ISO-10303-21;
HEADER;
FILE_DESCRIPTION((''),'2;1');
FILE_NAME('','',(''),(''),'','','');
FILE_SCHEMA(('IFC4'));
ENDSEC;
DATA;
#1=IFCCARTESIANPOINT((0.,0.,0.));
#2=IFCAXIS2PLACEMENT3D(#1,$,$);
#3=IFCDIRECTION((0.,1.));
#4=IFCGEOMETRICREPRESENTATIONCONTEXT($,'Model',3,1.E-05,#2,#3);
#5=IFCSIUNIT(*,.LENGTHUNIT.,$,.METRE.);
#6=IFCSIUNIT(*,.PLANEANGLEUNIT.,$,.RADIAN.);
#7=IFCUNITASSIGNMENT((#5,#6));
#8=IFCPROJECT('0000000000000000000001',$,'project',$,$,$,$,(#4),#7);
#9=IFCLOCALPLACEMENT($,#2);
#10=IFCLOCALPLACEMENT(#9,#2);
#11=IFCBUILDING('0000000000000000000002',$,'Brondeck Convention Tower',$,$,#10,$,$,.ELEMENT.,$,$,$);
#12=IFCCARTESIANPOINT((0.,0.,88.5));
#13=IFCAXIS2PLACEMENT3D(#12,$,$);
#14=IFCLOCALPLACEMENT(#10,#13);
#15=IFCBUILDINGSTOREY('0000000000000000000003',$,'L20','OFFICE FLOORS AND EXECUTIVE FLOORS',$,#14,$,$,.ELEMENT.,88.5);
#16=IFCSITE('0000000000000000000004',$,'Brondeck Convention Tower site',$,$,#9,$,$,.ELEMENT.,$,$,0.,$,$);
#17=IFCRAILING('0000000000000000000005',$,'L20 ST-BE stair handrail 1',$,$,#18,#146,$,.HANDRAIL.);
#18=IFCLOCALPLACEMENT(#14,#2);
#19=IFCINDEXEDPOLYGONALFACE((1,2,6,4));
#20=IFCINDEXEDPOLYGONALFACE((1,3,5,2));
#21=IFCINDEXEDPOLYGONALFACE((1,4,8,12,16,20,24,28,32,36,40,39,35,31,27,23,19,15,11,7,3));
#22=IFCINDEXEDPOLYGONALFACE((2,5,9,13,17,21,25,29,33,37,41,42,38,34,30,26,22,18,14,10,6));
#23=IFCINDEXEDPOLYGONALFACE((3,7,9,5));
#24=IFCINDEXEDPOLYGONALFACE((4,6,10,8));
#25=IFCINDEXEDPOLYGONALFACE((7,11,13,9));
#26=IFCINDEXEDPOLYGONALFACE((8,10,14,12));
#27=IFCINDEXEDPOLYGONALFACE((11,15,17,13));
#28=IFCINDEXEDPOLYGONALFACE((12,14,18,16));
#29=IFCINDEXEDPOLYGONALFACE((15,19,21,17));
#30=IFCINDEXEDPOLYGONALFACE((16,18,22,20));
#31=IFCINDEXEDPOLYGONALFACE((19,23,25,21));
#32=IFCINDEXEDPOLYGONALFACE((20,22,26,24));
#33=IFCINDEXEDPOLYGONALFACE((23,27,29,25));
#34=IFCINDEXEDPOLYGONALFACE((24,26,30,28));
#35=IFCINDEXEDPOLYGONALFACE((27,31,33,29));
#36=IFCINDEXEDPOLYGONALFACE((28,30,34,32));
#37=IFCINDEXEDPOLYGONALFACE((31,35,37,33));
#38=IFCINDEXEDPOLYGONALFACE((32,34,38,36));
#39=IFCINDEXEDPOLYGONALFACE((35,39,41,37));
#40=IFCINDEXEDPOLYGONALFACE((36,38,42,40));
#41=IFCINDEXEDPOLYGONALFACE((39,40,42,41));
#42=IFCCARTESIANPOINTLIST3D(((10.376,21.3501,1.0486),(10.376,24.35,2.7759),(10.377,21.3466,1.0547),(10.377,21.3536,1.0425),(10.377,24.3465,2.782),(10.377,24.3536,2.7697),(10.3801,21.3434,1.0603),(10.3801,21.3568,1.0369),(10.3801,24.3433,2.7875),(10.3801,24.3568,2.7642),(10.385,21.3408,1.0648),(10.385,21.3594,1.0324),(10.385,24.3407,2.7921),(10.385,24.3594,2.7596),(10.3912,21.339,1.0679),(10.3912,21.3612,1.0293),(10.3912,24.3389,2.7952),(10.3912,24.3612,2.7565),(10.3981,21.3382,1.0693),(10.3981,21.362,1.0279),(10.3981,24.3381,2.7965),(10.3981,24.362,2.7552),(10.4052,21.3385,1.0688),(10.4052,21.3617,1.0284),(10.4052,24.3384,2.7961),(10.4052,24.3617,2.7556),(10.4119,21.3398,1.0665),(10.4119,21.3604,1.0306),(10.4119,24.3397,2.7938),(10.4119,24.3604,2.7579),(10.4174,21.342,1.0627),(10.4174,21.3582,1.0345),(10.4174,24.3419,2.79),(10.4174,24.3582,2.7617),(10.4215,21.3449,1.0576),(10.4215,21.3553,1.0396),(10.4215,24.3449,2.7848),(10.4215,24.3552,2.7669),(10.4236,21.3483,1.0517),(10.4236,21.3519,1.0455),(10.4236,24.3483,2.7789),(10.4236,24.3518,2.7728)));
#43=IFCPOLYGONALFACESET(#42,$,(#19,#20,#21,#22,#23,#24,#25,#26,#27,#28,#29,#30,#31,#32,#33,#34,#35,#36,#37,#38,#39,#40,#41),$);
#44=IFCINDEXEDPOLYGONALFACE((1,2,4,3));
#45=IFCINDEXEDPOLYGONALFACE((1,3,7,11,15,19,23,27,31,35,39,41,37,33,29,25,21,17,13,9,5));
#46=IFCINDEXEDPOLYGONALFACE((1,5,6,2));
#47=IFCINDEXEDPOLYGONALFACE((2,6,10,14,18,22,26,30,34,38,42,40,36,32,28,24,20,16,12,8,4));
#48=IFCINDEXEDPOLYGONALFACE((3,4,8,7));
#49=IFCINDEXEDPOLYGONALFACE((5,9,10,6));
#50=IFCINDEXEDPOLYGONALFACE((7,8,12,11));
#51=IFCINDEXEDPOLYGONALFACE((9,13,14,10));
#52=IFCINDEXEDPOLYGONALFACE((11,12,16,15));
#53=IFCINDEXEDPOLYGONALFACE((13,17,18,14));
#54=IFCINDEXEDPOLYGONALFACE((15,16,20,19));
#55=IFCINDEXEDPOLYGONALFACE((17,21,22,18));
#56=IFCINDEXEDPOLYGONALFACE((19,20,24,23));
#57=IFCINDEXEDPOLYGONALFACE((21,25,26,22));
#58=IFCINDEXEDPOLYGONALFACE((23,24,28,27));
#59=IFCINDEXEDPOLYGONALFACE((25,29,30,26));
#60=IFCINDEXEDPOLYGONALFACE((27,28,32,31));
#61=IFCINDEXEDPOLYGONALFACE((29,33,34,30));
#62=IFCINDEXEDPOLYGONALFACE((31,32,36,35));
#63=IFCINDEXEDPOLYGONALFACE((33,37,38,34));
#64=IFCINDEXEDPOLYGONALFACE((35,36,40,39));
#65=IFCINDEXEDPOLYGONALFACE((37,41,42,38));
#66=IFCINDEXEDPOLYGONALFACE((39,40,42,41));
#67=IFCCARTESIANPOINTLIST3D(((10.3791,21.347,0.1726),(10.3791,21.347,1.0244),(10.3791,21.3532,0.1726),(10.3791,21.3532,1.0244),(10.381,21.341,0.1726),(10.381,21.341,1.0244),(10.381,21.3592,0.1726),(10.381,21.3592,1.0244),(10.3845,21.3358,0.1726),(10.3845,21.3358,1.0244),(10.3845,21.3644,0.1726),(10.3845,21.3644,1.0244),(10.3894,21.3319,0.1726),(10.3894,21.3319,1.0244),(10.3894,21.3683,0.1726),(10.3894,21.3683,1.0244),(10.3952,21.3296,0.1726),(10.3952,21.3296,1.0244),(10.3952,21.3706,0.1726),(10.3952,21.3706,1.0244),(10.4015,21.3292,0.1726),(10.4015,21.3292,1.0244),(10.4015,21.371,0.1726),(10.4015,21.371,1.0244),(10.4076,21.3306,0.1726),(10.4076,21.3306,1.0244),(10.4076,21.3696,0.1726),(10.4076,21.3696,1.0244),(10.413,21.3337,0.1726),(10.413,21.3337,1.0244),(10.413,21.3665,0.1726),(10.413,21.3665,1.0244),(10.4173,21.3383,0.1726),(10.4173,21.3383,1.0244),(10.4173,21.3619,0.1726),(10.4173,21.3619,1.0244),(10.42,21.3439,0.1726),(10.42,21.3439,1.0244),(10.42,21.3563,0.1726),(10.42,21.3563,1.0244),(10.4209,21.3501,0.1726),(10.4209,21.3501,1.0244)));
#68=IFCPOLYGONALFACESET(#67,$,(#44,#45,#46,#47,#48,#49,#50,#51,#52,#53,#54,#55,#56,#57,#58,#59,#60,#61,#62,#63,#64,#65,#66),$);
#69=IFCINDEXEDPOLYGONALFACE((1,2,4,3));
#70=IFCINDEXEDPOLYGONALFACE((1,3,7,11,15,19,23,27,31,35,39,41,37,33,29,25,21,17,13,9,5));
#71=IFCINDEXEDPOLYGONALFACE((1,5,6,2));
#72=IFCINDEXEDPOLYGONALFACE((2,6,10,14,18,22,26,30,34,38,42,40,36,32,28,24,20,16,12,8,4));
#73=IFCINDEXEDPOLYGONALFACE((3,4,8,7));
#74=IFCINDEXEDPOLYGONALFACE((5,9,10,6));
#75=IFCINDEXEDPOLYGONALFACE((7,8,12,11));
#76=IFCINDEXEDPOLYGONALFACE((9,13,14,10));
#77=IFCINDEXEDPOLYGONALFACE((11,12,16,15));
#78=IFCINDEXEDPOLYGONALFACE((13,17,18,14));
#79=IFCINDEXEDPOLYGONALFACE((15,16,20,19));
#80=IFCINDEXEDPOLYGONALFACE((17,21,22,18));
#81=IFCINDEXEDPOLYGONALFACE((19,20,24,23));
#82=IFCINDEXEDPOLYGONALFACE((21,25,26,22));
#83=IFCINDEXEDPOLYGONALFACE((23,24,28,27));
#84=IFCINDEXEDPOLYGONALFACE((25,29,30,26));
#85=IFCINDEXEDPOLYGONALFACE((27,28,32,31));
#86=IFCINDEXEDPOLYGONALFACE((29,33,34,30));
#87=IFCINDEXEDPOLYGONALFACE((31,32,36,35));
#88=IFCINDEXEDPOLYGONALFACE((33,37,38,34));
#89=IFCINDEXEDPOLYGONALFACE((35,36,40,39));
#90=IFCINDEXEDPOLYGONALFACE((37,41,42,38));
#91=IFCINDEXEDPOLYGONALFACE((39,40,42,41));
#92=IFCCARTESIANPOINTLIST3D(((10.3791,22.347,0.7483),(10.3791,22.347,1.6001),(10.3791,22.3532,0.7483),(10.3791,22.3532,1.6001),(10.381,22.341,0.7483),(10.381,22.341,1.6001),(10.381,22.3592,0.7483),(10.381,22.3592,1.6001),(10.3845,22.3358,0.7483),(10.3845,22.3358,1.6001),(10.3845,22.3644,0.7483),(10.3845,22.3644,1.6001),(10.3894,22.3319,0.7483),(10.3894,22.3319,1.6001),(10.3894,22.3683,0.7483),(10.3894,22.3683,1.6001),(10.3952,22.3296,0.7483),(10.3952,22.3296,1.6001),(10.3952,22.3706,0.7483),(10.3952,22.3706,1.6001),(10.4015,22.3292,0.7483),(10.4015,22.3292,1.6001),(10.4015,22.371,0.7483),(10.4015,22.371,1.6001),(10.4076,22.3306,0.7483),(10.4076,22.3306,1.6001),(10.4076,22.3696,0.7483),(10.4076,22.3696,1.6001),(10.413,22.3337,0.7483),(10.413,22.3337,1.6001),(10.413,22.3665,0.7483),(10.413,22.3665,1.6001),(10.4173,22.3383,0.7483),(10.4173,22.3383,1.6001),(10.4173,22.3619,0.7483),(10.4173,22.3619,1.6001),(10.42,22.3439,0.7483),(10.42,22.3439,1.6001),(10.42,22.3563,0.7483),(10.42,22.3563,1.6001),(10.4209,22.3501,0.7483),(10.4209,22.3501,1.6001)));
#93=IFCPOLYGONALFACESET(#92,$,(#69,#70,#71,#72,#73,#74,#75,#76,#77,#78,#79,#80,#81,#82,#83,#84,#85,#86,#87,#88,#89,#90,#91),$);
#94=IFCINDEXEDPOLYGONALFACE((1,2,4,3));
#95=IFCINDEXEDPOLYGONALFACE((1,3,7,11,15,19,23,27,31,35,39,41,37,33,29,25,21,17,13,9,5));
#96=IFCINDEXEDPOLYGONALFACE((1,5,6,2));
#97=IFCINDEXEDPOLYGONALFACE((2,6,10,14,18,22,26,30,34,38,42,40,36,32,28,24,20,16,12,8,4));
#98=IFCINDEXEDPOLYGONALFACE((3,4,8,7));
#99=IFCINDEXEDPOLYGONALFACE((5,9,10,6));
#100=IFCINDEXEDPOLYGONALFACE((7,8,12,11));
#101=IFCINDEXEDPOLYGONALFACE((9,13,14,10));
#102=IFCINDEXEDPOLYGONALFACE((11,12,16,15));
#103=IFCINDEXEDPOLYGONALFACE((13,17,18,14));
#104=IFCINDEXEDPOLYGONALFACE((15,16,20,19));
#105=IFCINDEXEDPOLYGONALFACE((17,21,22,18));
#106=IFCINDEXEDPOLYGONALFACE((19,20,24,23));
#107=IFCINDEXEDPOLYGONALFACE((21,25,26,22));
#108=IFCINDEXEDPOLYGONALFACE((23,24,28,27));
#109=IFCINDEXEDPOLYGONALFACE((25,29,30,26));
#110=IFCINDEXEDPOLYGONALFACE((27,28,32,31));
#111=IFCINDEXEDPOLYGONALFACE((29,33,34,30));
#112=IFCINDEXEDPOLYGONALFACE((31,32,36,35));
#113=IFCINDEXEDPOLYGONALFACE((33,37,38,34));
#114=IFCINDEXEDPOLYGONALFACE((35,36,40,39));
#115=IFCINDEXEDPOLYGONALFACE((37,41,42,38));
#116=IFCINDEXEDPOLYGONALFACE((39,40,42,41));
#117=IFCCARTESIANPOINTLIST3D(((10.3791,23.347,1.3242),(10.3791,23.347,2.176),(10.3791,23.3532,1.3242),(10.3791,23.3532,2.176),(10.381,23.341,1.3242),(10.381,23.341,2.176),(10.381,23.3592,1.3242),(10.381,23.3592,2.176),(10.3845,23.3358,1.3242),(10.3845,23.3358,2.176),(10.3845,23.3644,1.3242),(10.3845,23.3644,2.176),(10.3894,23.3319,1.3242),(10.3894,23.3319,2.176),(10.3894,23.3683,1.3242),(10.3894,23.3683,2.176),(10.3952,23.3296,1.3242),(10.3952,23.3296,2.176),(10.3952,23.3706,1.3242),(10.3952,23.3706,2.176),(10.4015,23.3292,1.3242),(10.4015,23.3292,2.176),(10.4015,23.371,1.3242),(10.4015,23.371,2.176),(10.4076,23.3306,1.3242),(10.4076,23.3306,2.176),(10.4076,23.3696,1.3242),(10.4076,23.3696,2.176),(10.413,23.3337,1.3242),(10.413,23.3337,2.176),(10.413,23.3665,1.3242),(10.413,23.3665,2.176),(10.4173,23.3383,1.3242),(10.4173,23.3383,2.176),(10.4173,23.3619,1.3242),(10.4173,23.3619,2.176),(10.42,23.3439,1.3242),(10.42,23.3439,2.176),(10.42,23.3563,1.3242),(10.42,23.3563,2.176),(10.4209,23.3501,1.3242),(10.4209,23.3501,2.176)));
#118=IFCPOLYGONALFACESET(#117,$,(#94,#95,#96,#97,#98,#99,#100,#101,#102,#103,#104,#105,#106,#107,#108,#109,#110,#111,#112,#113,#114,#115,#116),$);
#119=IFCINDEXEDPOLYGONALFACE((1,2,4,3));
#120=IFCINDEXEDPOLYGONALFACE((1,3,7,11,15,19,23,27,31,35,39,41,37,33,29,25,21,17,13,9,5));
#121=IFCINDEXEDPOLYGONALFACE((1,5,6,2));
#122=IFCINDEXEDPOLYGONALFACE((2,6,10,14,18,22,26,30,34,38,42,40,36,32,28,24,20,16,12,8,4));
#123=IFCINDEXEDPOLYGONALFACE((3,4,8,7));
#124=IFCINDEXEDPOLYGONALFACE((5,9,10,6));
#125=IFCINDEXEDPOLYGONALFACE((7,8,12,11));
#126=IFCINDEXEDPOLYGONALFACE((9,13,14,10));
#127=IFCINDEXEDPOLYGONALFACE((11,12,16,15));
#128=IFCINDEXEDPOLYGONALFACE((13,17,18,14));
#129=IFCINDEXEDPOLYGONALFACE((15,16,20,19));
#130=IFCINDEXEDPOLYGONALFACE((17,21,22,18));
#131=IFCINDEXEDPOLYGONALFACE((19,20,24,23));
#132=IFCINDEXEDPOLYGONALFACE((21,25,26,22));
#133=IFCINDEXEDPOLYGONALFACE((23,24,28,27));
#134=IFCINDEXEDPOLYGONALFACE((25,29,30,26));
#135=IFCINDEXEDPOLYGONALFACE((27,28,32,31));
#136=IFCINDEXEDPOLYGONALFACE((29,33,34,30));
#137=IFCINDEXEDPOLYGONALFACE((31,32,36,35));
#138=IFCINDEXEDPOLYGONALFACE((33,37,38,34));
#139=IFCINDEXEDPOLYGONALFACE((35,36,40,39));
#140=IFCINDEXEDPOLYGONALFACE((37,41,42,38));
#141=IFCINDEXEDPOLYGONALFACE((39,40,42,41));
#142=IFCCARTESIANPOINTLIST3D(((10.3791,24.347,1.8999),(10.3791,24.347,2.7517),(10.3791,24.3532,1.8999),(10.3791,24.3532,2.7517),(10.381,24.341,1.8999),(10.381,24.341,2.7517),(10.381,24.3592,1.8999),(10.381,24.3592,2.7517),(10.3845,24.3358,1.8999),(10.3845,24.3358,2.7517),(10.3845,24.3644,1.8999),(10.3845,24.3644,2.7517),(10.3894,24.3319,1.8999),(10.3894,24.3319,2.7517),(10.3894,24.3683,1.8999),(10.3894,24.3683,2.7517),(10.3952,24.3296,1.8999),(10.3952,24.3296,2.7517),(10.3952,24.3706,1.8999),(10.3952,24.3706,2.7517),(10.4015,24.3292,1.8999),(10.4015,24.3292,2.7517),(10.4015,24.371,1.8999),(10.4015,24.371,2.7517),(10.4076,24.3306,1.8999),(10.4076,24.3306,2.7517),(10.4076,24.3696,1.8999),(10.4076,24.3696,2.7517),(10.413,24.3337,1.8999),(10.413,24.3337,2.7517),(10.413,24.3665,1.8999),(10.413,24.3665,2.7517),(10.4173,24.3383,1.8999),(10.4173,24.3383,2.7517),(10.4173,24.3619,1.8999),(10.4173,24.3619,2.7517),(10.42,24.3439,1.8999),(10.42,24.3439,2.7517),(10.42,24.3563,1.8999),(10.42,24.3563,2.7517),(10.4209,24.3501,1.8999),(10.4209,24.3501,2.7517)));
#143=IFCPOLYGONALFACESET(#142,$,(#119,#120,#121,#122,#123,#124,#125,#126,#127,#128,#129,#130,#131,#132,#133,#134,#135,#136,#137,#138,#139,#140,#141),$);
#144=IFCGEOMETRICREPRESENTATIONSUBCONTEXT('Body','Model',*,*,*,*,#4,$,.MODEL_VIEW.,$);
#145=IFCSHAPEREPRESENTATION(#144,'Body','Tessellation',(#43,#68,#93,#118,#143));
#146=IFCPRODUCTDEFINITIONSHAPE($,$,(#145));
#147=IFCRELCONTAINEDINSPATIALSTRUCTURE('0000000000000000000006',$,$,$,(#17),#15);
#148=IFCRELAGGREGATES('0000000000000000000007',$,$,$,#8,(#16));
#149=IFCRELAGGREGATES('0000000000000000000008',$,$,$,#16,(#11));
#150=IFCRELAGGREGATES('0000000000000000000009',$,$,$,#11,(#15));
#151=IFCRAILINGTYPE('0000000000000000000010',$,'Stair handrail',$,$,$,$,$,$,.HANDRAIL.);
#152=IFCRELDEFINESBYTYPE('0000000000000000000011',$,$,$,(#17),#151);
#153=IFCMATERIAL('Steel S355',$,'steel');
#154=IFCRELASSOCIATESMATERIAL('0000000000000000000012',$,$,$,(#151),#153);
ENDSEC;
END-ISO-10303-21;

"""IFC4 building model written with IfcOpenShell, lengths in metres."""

from ifc_helpers import new_model, si_unit, direction, frame, origin, origin_2d, place, context, subcontext, project, spatial, circle, extrude, material, type_object, element, save


model = new_model("IFC4")

# Units and contexts
model_context = context("Model", 3, precision=1e-05, world=origin(), true_north=direction((0.0, 1.0)))
body_context = subcontext(model_context, "Body", "Model", "MODEL_VIEW")
ifc_project = project(units=[si_unit("LENGTHUNIT", "METRE"), si_unit("PLANEANGLEUNIT", "RADIAN")], contexts=[model_context])

# Site, building, storey
site_placement = place(None, origin())
site = spatial("IfcSite", under=ifc_project, at=site_placement, Name="Brondeck Convention Tower site", CompositionType="ELEMENT", RefElevation=0.0)
building_placement = place(site_placement, origin())
building = spatial("IfcBuilding", under=site, at=building_placement, Name="Brondeck Convention Tower", CompositionType="ELEMENT")
storey_placement = place(building_placement, frame((0.0, 0.0, 88.5)))
storey = spatial("IfcBuildingStorey", under=building, at=storey_placement, Name="L20", Description="OFFICE FLOORS AND EXECUTIVE FLOORS", CompositionType="ELEMENT", Elevation=88.5)

# Shared definitions
ifc_material_1 = material(Name="Steel S355", Category="steel")

# Railing
railing_type_1 = type_object("IfcRailingType", Name="Stair handrail", PredefinedType="HANDRAIL", material=ifc_material_1)
railing_1_placement = place(storey_placement, frame((10.3999, 21.3501, 0.1726)))
element("IfcRailing", 1, at=railing_1_placement, inside=storey, type_object=railing_type_1, Name="L20 ST-BE stair handrail 1", PredefinedType="HANDRAIL", context=body_context, shape_type="SweptSolid", body=[
    extrude(circle(Radius=0.0239, at=origin_2d()), frame((0.0, 0.0, 0.876), z_axis=(0.0, 0.86662, 0.498969), x_axis=(-1.0, 0.0, 0.0)), (0.0, 0.0, 1.0), 3.4617),
    extrude(circle(Radius=0.021, at=origin_2d()), origin(), (0.0, 0.0, 1.0), 0.8518),
    extrude(circle(Radius=0.021, at=origin_2d()), frame((0.0, 1.0, 0.5757)), (0.0, 0.0, 1.0), 0.8518),
    extrude(circle(Radius=0.021, at=origin_2d()), frame((0.0, 2.0, 1.1516)), (0.0, 0.0, 1.0), 0.8518),
    extrude(circle(Radius=0.021, at=origin_2d()), frame((0.0, 3.0, 1.7273)), (0.0, 0.0, 1.0), 0.8518),
])

save(model, "model.ifc")
